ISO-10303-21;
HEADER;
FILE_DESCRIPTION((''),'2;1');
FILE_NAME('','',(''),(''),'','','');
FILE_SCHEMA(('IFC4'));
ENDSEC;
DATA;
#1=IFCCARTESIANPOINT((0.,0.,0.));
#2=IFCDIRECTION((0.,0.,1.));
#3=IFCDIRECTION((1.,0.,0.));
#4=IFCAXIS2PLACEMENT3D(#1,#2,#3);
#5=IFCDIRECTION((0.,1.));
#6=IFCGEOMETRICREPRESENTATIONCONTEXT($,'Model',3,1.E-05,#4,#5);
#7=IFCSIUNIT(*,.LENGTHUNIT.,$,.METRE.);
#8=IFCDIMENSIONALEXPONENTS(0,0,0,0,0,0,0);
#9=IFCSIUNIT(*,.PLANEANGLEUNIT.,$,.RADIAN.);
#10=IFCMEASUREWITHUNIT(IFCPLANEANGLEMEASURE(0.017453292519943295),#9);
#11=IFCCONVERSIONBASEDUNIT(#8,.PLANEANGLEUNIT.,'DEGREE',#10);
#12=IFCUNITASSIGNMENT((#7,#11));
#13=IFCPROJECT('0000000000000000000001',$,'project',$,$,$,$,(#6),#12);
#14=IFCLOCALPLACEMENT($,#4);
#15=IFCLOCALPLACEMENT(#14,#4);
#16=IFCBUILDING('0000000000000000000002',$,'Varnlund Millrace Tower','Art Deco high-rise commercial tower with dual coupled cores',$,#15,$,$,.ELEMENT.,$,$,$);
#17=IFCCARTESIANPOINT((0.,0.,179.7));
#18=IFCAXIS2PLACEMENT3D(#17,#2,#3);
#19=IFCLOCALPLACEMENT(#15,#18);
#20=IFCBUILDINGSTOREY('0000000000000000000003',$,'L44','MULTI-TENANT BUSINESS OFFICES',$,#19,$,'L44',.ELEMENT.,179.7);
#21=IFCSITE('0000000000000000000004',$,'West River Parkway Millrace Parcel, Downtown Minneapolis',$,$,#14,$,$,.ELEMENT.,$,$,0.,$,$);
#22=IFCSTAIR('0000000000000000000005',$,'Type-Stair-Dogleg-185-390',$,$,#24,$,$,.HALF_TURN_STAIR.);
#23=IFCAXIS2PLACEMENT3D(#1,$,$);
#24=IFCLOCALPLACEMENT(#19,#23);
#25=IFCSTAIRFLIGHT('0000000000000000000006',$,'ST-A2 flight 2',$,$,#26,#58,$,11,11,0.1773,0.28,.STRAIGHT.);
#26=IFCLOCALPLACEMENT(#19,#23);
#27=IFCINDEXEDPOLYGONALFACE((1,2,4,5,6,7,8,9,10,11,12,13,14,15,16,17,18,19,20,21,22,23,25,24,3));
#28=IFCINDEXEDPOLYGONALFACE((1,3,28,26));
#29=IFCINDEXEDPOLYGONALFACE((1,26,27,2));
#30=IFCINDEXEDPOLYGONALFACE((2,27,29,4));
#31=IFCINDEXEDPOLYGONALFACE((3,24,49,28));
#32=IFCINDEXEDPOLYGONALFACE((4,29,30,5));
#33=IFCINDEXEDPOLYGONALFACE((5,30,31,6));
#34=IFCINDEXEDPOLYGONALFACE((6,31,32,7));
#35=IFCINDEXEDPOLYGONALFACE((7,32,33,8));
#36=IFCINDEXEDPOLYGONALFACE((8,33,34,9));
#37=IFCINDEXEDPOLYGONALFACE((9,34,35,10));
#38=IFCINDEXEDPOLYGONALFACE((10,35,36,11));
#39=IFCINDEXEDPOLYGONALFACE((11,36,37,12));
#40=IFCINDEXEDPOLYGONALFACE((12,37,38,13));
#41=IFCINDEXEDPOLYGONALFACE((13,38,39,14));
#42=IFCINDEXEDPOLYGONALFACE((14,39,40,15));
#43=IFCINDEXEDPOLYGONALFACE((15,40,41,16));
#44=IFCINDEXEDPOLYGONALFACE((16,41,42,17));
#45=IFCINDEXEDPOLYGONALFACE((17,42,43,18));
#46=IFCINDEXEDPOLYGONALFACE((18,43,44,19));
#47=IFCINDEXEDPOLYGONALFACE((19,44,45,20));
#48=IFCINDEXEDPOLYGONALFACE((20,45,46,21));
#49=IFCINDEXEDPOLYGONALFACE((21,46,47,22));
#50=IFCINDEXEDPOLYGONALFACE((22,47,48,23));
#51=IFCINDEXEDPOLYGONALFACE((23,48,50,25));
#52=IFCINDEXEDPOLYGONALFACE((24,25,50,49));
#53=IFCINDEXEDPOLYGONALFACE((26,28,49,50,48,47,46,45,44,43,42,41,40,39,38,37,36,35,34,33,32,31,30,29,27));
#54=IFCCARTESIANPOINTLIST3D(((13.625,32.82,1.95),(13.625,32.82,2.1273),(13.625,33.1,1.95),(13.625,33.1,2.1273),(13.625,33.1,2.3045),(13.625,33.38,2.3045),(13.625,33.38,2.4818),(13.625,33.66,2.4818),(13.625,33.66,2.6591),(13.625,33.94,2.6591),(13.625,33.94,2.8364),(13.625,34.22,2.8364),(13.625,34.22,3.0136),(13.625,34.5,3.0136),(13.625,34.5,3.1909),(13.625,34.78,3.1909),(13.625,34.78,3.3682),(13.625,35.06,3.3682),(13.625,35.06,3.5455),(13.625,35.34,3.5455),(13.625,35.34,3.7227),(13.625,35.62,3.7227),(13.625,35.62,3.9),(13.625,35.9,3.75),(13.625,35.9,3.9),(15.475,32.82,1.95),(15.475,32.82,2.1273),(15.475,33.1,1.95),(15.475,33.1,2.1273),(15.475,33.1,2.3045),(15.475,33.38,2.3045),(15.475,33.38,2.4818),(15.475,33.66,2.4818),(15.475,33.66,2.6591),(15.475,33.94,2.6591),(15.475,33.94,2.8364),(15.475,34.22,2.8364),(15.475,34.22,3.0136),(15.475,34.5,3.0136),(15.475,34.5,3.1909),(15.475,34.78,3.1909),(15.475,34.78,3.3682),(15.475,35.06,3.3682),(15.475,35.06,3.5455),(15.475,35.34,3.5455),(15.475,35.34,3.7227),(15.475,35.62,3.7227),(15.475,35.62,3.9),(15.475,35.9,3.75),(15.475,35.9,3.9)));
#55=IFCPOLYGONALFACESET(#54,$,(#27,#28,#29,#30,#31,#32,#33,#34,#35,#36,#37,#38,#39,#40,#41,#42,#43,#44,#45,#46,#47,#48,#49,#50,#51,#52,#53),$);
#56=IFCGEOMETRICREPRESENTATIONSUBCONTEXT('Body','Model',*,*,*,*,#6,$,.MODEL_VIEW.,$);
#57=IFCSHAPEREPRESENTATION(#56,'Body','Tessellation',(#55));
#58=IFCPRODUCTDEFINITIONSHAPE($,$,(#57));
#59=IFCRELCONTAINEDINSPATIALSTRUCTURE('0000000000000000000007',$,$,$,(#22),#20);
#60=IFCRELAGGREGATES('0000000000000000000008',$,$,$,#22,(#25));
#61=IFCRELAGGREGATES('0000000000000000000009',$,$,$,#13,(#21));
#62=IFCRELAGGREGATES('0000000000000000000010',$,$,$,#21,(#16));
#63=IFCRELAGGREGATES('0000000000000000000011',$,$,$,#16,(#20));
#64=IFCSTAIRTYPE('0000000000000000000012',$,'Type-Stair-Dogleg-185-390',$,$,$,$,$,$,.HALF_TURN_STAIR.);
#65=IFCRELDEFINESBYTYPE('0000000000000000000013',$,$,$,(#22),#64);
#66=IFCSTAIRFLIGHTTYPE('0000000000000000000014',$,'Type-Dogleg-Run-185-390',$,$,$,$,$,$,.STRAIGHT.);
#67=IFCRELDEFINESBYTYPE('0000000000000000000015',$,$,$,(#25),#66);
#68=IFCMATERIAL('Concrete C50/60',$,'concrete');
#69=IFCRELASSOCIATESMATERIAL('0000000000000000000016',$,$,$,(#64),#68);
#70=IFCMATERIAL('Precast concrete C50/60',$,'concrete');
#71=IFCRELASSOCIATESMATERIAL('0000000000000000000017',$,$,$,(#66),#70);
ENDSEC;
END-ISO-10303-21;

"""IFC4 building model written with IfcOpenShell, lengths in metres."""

from ifc_helpers import new_model, entity, si_unit, converted_unit, direction, frame, origin_with_axes, place, context, subcontext, project, spatial, polyline, outline, extrude, material, type_object, element, aggregate, save


model = new_model("IFC4")

# Units and contexts
model_context = context("Model", 3, precision=1e-05, world=origin_with_axes(), true_north=direction((0.0, 1.0)))
body_context = subcontext(model_context, "Body", "Model", "MODEL_VIEW")
ifc_project = project(units=[si_unit("LENGTHUNIT", "METRE"), converted_unit("PLANEANGLEUNIT", "DEGREE", entity("IfcPlaneAngleMeasure", 0.017453292519943295), si_unit("PLANEANGLEUNIT", "RADIAN"), dimensions=[0, 0, 0, 0, 0, 0, 0])], contexts=[model_context])

# Site, building, storey
site_placement = place(None, origin_with_axes())
site = spatial("IfcSite", under=ifc_project, at=site_placement, Name="West River Parkway Millrace Parcel, Downtown Minneapolis", CompositionType="ELEMENT", RefElevation=0.0)
building_placement = place(site_placement, origin_with_axes())
building = spatial("IfcBuilding", under=site, at=building_placement, Name="Varnlund Millrace Tower", Description="Art Deco high-rise commercial tower with dual coupled cores", CompositionType="ELEMENT")
storey_placement = place(building_placement, frame((0.0, 0.0, 179.7), z_axis=(0.0, 0.0, 1.0), x_axis=(1.0, 0.0, 0.0)))
storey = spatial("IfcBuildingStorey", under=building, at=storey_placement, Name="L44", Description="MULTI-TENANT BUSINESS OFFICES", LongName="L44", CompositionType="ELEMENT", Elevation=179.7)

# Shared definitions
ifc_material_1 = material(Name="Precast concrete C50/60", Category="concrete")

# Stair, stair flight
ifc_material_2 = material(Name="Concrete C50/60", Category="concrete")
stair_type = type_object("IfcStairType", Name="Type-Stair-Dogleg-185-390", PredefinedType="HALF_TURN_STAIR", material=ifc_material_2)
stair_placement = place(storey_placement, origin_with_axes())
stair = element("IfcStair", 1, at=stair_placement, inside=storey, type_object=stair_type, Name="Type-Stair-Dogleg-185-390", PredefinedType="HALF_TURN_STAIR")
stair_flight_type = type_object("IfcStairFlightType", Name="Type-Dogleg-Run-185-390", PredefinedType="STRAIGHT", material=ifc_material_1)
stair_flight_placement = place(storey_placement, frame((13.625, 32.82, 1.95), z_axis=(1.0, 0.0, 0.0), x_axis=(0.0, 1.0, 0.0)))
stair_flight = element("IfcStairFlight", 2, at=stair_flight_placement, type_object=stair_flight_type, Name="ST-A2 flight 2", NumberOfRisers=11, NumberOfTreads=11, PredefinedType="STRAIGHT", RiserHeight=0.1773, TreadLength=0.28, context=body_context, shape_type="SweptSolid", body=[
    extrude(outline(polyline([(0.0, 0.0), (0.0, 0.1773), (0.28, 0.1773), (0.28, 0.3545), (0.56, 0.3545), (0.56, 0.5318), (0.84, 0.5318), (0.84, 0.7091), (1.12, 0.7091), (1.12, 0.8864), (1.4, 0.8864), (1.4, 1.0636), (1.68, 1.0636), (1.68, 1.2409), (1.96, 1.2409), (1.96, 1.4182), (2.24, 1.4182), (2.24, 1.5955), (2.52, 1.5955), (2.52, 1.7727), (2.8, 1.7727), (2.8, 1.95), (3.08, 1.95), (3.08, 1.8), (0.28, 0.0), (0.0, 0.0)])), origin_with_axes(), (0.0, 0.0, 1.0), 1.85),
])
aggregate(stair, [stair_flight])

save(model, "model.ifc")
